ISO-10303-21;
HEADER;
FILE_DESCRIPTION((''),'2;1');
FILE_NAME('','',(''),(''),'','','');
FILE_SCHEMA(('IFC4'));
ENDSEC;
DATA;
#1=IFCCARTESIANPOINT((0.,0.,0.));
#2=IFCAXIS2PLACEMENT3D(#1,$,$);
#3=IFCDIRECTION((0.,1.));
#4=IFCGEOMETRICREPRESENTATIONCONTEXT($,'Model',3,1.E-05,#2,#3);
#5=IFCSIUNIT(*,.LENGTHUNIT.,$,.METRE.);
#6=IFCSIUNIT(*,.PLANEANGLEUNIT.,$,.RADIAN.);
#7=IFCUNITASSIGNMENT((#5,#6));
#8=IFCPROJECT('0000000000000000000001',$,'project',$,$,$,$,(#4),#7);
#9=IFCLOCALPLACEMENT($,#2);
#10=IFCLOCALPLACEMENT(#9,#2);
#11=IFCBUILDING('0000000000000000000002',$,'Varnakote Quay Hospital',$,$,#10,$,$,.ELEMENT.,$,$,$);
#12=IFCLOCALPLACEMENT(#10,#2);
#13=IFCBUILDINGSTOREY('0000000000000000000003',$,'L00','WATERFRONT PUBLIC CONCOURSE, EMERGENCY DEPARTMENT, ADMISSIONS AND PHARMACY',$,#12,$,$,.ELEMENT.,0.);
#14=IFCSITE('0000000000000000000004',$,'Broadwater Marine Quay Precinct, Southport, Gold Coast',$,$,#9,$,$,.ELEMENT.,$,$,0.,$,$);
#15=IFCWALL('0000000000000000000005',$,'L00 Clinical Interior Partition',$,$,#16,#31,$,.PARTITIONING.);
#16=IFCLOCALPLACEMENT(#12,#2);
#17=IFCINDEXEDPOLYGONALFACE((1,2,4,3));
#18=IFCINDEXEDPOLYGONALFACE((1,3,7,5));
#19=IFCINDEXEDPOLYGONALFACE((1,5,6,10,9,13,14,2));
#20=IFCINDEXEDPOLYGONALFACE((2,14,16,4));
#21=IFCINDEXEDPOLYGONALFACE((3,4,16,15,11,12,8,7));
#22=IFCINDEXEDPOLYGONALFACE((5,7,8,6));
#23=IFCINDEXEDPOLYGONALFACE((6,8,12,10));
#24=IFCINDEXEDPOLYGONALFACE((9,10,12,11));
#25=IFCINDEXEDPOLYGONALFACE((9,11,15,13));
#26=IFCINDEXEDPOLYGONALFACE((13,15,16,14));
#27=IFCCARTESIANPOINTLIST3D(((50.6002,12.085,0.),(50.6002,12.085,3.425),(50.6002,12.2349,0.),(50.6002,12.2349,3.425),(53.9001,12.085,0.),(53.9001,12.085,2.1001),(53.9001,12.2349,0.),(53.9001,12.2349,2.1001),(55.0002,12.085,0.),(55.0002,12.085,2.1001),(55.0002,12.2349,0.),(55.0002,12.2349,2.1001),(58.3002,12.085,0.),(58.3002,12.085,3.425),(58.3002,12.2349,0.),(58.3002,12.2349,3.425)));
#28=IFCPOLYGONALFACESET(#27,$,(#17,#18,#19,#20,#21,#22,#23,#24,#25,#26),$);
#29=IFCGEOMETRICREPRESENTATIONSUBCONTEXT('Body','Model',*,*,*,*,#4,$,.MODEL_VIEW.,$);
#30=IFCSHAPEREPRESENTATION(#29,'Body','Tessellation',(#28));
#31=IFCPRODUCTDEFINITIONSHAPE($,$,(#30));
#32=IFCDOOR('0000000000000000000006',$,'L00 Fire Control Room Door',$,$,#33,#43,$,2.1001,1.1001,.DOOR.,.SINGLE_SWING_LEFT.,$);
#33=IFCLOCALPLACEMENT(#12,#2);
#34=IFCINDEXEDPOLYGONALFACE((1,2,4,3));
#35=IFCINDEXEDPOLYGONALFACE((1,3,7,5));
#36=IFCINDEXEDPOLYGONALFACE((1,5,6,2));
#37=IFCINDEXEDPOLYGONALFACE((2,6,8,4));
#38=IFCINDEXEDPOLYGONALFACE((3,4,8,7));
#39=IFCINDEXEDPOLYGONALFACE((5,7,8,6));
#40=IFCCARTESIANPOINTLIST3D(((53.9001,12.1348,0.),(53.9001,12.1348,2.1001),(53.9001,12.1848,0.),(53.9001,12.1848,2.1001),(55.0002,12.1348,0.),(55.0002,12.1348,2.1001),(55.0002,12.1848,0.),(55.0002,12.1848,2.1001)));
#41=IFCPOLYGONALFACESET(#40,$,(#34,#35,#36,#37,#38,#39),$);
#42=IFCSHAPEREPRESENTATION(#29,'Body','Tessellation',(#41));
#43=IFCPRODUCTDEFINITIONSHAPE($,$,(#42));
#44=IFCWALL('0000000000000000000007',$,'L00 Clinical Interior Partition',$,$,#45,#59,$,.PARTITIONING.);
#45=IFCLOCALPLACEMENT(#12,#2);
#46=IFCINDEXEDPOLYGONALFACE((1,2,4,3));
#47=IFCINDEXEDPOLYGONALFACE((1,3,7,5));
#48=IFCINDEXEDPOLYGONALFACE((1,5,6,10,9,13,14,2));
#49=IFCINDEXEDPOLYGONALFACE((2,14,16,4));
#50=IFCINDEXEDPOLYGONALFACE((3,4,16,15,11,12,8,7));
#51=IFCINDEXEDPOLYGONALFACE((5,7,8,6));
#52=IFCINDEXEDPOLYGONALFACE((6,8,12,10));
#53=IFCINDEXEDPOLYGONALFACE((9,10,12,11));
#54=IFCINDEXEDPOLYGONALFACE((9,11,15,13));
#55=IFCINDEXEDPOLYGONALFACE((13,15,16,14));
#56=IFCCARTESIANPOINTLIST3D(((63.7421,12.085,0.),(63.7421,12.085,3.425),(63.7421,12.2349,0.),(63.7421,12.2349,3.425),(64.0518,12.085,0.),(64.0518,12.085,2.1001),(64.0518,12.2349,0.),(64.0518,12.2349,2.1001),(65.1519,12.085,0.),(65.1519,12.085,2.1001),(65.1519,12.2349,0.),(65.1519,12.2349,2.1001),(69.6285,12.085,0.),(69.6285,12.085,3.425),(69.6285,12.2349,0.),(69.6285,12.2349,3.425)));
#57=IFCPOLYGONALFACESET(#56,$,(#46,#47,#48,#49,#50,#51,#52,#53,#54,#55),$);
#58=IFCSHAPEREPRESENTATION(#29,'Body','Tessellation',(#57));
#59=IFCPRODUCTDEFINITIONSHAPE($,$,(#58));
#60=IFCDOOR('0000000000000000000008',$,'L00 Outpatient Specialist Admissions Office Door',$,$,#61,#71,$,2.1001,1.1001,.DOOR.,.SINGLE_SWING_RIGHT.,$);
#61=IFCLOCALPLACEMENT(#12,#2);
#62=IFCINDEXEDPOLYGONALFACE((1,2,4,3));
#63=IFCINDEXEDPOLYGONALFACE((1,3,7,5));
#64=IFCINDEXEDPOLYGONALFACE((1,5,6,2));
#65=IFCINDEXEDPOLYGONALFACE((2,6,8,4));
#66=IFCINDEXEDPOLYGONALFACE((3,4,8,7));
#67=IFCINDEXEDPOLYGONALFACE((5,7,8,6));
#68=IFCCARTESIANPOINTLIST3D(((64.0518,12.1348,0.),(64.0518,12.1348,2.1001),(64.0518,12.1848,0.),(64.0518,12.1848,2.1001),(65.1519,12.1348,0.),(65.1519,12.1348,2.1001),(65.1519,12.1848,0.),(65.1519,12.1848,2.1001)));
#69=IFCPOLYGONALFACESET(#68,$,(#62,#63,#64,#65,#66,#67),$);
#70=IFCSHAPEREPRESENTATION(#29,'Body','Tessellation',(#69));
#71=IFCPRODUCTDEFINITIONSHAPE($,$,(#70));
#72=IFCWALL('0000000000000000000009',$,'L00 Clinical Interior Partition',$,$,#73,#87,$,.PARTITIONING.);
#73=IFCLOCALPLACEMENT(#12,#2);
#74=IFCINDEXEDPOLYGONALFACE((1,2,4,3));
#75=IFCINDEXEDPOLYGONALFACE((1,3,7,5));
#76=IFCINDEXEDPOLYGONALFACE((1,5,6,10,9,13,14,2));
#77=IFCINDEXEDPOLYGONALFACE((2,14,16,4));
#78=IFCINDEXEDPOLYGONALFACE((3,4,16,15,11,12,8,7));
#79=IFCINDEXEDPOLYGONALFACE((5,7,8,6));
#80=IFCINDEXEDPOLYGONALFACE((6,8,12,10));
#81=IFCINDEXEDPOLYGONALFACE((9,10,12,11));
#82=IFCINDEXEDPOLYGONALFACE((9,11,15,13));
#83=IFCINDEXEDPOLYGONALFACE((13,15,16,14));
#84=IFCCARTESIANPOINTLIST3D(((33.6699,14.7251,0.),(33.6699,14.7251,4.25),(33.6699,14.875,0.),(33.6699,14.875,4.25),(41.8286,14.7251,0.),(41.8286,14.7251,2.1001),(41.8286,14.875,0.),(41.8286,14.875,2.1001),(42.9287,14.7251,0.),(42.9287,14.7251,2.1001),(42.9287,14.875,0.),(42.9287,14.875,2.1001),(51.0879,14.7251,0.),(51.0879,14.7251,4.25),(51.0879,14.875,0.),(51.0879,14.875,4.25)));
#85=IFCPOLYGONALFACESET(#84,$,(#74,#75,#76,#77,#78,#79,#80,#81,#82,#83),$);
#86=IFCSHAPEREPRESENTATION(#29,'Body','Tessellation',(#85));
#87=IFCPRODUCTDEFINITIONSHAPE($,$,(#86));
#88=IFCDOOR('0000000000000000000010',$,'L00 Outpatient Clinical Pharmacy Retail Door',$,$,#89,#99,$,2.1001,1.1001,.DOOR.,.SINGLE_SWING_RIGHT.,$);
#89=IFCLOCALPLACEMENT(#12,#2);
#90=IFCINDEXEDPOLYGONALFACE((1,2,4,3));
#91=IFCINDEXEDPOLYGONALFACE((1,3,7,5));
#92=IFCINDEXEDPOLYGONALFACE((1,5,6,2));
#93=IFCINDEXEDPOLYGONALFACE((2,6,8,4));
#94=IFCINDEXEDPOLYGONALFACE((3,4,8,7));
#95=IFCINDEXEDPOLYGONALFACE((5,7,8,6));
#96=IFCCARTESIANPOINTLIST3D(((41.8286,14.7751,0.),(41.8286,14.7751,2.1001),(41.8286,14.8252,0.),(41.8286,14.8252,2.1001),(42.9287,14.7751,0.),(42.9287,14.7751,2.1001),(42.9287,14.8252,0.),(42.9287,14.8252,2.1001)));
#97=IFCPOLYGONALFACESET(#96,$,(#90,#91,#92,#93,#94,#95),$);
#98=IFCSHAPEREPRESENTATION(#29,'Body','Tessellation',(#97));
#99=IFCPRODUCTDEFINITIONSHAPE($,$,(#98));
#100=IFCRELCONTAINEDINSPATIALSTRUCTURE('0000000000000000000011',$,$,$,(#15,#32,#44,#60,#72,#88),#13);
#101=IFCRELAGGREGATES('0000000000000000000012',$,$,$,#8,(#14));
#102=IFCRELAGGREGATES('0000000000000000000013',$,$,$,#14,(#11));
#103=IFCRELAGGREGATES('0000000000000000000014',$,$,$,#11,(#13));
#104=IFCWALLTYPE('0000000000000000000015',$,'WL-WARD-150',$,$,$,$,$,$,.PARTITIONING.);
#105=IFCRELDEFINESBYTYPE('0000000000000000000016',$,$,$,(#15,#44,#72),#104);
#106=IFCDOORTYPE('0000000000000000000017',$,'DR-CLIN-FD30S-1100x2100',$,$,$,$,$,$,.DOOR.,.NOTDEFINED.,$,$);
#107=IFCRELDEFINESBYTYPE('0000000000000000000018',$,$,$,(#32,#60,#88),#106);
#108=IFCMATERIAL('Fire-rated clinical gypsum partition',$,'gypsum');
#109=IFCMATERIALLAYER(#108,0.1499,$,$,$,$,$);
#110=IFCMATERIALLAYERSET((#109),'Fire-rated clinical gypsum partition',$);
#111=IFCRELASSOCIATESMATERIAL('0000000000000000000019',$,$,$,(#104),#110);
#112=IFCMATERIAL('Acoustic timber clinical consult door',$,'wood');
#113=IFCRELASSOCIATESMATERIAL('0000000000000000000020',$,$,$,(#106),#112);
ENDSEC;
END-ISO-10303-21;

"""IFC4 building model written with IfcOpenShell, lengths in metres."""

from ifc_helpers import new_model, si_unit, direction, frame, frame_2d, origin, place, context, subcontext, project, spatial, rectangle, extrude, material, layer, layer_set, type_object, element, fill, save


model = new_model("IFC4")

# Units and contexts
model_context = context("Model", 3, precision=1e-05, world=origin(), true_north=direction((0.0, 1.0)))
body_context = subcontext(model_context, "Body", "Model", "MODEL_VIEW")
ifc_project = project(units=[si_unit("LENGTHUNIT", "METRE"), si_unit("PLANEANGLEUNIT", "RADIAN")], contexts=[model_context])

# Site, building, storey
site_placement = place(None, origin())
site = spatial("IfcSite", under=ifc_project, at=site_placement, Name="Broadwater Marine Quay Precinct, Southport, Gold Coast", CompositionType="ELEMENT", RefElevation=0.0)
building_placement = place(site_placement, origin())
building = spatial("IfcBuilding", under=site, at=building_placement, Name="Varnakote Quay Hospital", CompositionType="ELEMENT")
storey_placement = place(building_placement, origin())
storey = spatial("IfcBuildingStorey", under=building, at=storey_placement, Name="L00", Description="WATERFRONT PUBLIC CONCOURSE, EMERGENCY DEPARTMENT, ADMISSIONS AND PHARMACY", CompositionType="ELEMENT", Elevation=0.0)

# Walls, openings, doors
ifc_material_1 = material(Name="Fire-rated clinical gypsum partition", Category="gypsum")
ifc_layer_1 = layer(ifc_material_1, 0.1499)
ifc_layer_set_1 = layer_set([ifc_layer_1], Name="Fire-rated clinical gypsum partition")
wall_type_1 = type_object("IfcWallType", Name="WL-WARD-150", PredefinedType="PARTITIONING", material=ifc_layer_set_1)
wall_1_placement = place(storey_placement, frame((50.6001, 12.1599, 0.0), z_axis=(0.0, 0.0, 1.0), x_axis=(1.0, 0.0, 0.0)))
wall_1 = element("IfcWall", 1, at=wall_1_placement, inside=storey, type_object=wall_type_1, Name="L00 Clinical Interior Partition", PredefinedType="PARTITIONING", context=body_context, shape_type="SweptSolid", body=[
    extrude(rectangle(XDim=7.7, YDim=0.1499, at=frame_2d((3.8501, 0.0))), origin(), (0.0, 0.0, 1.0), 3.425),
])
opening_1_placement = place(wall_1_placement, frame((3.3, 0.0, 0.0)))
opening_1 = element("IfcOpeningElement", 2, at=opening_1_placement, cuts=wall_1, PredefinedType="OPENING", context=body_context, shape_type="SweptSolid", body=[
    extrude(rectangle(XDim=1.1001, YDim=2.1001, at=frame_2d((0.55, 1.05))), frame((0.0, 0.085, 0.0), z_axis=(0.0, -1.0, 0.0), x_axis=(1.0, 0.0, 0.0)), (0.0, 0.0, 1.0), 0.1699),
])
ifc_material_2 = material(Name="Acoustic timber clinical consult door", Category="wood")
door_type_1 = type_object("IfcDoorType", Name="DR-CLIN-FD30S-1100x2100", OperationType="NOTDEFINED", PredefinedType="DOOR", material=ifc_material_2)
door_1_placement = place(opening_1_placement, origin())
door_1 = element("IfcDoor", 3, at=door_1_placement, inside=storey, type_object=door_type_1, Name="L00 Fire Control Room Door", OperationType="SINGLE_SWING_LEFT", OverallHeight=2.1001, OverallWidth=1.1001, PredefinedType="DOOR", context=body_context, shape_type="SweptSolid", body=[
    extrude(rectangle(XDim=1.1001, YDim=2.1001, at=frame_2d((0.55, 1.05))), frame((0.0, 0.0249, 0.0), z_axis=(0.0, -1.0, 0.0), x_axis=(1.0, 0.0, 0.0)), (0.0, 0.0, 1.0), 0.05),
])
fill(opening_1, door_1)
wall_2_placement = place(storey_placement, frame((63.7419, 12.1599, 0.0), z_axis=(0.0, 0.0, 1.0), x_axis=(1.0, 0.0, 0.0)))
wall_2 = element("IfcWall", 4, at=wall_2_placement, inside=storey, type_object=wall_type_1, Name="L00 Clinical Interior Partition", PredefinedType="PARTITIONING", context=body_context, shape_type="SweptSolid", body=[
    extrude(rectangle(XDim=5.8865, YDim=0.1499, at=frame_2d((2.9434, 0.0))), origin(), (0.0, 0.0, 1.0), 3.425),
])
opening_2_placement = place(wall_2_placement, frame((0.3098, 0.0, 0.0)))
opening_2 = element("IfcOpeningElement", 5, at=opening_2_placement, cuts=wall_2, PredefinedType="OPENING", context=body_context, shape_type="SweptSolid", body=[
    extrude(rectangle(XDim=1.1001, YDim=2.1001, at=frame_2d((0.55, 1.05))), frame((0.0, 0.085, 0.0), z_axis=(0.0, -1.0, 0.0), x_axis=(1.0, 0.0, 0.0)), (0.0, 0.0, 1.0), 0.1699),
])
door_2_placement = place(opening_2_placement, origin())
door_2 = element("IfcDoor", 6, at=door_2_placement, inside=storey, type_object=door_type_1, Name="L00 Outpatient Specialist Admissions Office Door", OperationType="SINGLE_SWING_RIGHT", OverallHeight=2.1001, OverallWidth=1.1001, PredefinedType="DOOR", context=body_context, shape_type="SweptSolid", body=[
    extrude(rectangle(XDim=1.1001, YDim=2.1001, at=frame_2d((0.55, 1.05))), frame((0.0, 0.0249, 0.0), z_axis=(0.0, -1.0, 0.0), x_axis=(1.0, 0.0, 0.0)), (0.0, 0.0, 1.0), 0.05),
])
fill(opening_2, door_2)
wall_3_placement = place(storey_placement, frame((51.0879, 14.8, 0.0), z_axis=(0.0, 0.0, 1.0), x_axis=(-1.0, 0.0, 0.0)))
wall_3 = element("IfcWall", 7, at=wall_3_placement, inside=storey, type_object=wall_type_1, Name="L00 Clinical Interior Partition", PredefinedType="PARTITIONING", context=body_context, shape_type="SweptSolid", body=[
    extrude(rectangle(XDim=17.418, YDim=0.1499, at=frame_2d((8.709, 0.0))), origin(), (0.0, 0.0, 1.0), 4.25),
])
opening_3_placement = place(wall_3_placement, frame((8.1592, 0.0, 0.0)))
opening_3 = element("IfcOpeningElement", 8, at=opening_3_placement, cuts=wall_3, PredefinedType="OPENING", context=body_context, shape_type="SweptSolid", body=[
    extrude(rectangle(XDim=1.1001, YDim=2.1001, at=frame_2d((0.55, 1.05))), frame((0.0, 0.085, 0.0), z_axis=(0.0, -1.0, 0.0), x_axis=(1.0, 0.0, 0.0)), (0.0, 0.0, 1.0), 0.1699),
])
door_3_placement = place(opening_3_placement, origin())
door_3 = element("IfcDoor", 9, at=door_3_placement, inside=storey, type_object=door_type_1, Name="L00 Outpatient Clinical Pharmacy Retail Door", OperationType="SINGLE_SWING_RIGHT", OverallHeight=2.1001, OverallWidth=1.1001, PredefinedType="DOOR", context=body_context, shape_type="SweptSolid", body=[
    extrude(rectangle(XDim=1.1001, YDim=2.1001, at=frame_2d((0.55, 1.05))), frame((0.0, 0.0249, 0.0), z_axis=(0.0, -1.0, 0.0), x_axis=(1.0, 0.0, 0.0)), (0.0, 0.0, 1.0), 0.05),
])
fill(opening_3, door_3)

save(model, "model.ifc")
